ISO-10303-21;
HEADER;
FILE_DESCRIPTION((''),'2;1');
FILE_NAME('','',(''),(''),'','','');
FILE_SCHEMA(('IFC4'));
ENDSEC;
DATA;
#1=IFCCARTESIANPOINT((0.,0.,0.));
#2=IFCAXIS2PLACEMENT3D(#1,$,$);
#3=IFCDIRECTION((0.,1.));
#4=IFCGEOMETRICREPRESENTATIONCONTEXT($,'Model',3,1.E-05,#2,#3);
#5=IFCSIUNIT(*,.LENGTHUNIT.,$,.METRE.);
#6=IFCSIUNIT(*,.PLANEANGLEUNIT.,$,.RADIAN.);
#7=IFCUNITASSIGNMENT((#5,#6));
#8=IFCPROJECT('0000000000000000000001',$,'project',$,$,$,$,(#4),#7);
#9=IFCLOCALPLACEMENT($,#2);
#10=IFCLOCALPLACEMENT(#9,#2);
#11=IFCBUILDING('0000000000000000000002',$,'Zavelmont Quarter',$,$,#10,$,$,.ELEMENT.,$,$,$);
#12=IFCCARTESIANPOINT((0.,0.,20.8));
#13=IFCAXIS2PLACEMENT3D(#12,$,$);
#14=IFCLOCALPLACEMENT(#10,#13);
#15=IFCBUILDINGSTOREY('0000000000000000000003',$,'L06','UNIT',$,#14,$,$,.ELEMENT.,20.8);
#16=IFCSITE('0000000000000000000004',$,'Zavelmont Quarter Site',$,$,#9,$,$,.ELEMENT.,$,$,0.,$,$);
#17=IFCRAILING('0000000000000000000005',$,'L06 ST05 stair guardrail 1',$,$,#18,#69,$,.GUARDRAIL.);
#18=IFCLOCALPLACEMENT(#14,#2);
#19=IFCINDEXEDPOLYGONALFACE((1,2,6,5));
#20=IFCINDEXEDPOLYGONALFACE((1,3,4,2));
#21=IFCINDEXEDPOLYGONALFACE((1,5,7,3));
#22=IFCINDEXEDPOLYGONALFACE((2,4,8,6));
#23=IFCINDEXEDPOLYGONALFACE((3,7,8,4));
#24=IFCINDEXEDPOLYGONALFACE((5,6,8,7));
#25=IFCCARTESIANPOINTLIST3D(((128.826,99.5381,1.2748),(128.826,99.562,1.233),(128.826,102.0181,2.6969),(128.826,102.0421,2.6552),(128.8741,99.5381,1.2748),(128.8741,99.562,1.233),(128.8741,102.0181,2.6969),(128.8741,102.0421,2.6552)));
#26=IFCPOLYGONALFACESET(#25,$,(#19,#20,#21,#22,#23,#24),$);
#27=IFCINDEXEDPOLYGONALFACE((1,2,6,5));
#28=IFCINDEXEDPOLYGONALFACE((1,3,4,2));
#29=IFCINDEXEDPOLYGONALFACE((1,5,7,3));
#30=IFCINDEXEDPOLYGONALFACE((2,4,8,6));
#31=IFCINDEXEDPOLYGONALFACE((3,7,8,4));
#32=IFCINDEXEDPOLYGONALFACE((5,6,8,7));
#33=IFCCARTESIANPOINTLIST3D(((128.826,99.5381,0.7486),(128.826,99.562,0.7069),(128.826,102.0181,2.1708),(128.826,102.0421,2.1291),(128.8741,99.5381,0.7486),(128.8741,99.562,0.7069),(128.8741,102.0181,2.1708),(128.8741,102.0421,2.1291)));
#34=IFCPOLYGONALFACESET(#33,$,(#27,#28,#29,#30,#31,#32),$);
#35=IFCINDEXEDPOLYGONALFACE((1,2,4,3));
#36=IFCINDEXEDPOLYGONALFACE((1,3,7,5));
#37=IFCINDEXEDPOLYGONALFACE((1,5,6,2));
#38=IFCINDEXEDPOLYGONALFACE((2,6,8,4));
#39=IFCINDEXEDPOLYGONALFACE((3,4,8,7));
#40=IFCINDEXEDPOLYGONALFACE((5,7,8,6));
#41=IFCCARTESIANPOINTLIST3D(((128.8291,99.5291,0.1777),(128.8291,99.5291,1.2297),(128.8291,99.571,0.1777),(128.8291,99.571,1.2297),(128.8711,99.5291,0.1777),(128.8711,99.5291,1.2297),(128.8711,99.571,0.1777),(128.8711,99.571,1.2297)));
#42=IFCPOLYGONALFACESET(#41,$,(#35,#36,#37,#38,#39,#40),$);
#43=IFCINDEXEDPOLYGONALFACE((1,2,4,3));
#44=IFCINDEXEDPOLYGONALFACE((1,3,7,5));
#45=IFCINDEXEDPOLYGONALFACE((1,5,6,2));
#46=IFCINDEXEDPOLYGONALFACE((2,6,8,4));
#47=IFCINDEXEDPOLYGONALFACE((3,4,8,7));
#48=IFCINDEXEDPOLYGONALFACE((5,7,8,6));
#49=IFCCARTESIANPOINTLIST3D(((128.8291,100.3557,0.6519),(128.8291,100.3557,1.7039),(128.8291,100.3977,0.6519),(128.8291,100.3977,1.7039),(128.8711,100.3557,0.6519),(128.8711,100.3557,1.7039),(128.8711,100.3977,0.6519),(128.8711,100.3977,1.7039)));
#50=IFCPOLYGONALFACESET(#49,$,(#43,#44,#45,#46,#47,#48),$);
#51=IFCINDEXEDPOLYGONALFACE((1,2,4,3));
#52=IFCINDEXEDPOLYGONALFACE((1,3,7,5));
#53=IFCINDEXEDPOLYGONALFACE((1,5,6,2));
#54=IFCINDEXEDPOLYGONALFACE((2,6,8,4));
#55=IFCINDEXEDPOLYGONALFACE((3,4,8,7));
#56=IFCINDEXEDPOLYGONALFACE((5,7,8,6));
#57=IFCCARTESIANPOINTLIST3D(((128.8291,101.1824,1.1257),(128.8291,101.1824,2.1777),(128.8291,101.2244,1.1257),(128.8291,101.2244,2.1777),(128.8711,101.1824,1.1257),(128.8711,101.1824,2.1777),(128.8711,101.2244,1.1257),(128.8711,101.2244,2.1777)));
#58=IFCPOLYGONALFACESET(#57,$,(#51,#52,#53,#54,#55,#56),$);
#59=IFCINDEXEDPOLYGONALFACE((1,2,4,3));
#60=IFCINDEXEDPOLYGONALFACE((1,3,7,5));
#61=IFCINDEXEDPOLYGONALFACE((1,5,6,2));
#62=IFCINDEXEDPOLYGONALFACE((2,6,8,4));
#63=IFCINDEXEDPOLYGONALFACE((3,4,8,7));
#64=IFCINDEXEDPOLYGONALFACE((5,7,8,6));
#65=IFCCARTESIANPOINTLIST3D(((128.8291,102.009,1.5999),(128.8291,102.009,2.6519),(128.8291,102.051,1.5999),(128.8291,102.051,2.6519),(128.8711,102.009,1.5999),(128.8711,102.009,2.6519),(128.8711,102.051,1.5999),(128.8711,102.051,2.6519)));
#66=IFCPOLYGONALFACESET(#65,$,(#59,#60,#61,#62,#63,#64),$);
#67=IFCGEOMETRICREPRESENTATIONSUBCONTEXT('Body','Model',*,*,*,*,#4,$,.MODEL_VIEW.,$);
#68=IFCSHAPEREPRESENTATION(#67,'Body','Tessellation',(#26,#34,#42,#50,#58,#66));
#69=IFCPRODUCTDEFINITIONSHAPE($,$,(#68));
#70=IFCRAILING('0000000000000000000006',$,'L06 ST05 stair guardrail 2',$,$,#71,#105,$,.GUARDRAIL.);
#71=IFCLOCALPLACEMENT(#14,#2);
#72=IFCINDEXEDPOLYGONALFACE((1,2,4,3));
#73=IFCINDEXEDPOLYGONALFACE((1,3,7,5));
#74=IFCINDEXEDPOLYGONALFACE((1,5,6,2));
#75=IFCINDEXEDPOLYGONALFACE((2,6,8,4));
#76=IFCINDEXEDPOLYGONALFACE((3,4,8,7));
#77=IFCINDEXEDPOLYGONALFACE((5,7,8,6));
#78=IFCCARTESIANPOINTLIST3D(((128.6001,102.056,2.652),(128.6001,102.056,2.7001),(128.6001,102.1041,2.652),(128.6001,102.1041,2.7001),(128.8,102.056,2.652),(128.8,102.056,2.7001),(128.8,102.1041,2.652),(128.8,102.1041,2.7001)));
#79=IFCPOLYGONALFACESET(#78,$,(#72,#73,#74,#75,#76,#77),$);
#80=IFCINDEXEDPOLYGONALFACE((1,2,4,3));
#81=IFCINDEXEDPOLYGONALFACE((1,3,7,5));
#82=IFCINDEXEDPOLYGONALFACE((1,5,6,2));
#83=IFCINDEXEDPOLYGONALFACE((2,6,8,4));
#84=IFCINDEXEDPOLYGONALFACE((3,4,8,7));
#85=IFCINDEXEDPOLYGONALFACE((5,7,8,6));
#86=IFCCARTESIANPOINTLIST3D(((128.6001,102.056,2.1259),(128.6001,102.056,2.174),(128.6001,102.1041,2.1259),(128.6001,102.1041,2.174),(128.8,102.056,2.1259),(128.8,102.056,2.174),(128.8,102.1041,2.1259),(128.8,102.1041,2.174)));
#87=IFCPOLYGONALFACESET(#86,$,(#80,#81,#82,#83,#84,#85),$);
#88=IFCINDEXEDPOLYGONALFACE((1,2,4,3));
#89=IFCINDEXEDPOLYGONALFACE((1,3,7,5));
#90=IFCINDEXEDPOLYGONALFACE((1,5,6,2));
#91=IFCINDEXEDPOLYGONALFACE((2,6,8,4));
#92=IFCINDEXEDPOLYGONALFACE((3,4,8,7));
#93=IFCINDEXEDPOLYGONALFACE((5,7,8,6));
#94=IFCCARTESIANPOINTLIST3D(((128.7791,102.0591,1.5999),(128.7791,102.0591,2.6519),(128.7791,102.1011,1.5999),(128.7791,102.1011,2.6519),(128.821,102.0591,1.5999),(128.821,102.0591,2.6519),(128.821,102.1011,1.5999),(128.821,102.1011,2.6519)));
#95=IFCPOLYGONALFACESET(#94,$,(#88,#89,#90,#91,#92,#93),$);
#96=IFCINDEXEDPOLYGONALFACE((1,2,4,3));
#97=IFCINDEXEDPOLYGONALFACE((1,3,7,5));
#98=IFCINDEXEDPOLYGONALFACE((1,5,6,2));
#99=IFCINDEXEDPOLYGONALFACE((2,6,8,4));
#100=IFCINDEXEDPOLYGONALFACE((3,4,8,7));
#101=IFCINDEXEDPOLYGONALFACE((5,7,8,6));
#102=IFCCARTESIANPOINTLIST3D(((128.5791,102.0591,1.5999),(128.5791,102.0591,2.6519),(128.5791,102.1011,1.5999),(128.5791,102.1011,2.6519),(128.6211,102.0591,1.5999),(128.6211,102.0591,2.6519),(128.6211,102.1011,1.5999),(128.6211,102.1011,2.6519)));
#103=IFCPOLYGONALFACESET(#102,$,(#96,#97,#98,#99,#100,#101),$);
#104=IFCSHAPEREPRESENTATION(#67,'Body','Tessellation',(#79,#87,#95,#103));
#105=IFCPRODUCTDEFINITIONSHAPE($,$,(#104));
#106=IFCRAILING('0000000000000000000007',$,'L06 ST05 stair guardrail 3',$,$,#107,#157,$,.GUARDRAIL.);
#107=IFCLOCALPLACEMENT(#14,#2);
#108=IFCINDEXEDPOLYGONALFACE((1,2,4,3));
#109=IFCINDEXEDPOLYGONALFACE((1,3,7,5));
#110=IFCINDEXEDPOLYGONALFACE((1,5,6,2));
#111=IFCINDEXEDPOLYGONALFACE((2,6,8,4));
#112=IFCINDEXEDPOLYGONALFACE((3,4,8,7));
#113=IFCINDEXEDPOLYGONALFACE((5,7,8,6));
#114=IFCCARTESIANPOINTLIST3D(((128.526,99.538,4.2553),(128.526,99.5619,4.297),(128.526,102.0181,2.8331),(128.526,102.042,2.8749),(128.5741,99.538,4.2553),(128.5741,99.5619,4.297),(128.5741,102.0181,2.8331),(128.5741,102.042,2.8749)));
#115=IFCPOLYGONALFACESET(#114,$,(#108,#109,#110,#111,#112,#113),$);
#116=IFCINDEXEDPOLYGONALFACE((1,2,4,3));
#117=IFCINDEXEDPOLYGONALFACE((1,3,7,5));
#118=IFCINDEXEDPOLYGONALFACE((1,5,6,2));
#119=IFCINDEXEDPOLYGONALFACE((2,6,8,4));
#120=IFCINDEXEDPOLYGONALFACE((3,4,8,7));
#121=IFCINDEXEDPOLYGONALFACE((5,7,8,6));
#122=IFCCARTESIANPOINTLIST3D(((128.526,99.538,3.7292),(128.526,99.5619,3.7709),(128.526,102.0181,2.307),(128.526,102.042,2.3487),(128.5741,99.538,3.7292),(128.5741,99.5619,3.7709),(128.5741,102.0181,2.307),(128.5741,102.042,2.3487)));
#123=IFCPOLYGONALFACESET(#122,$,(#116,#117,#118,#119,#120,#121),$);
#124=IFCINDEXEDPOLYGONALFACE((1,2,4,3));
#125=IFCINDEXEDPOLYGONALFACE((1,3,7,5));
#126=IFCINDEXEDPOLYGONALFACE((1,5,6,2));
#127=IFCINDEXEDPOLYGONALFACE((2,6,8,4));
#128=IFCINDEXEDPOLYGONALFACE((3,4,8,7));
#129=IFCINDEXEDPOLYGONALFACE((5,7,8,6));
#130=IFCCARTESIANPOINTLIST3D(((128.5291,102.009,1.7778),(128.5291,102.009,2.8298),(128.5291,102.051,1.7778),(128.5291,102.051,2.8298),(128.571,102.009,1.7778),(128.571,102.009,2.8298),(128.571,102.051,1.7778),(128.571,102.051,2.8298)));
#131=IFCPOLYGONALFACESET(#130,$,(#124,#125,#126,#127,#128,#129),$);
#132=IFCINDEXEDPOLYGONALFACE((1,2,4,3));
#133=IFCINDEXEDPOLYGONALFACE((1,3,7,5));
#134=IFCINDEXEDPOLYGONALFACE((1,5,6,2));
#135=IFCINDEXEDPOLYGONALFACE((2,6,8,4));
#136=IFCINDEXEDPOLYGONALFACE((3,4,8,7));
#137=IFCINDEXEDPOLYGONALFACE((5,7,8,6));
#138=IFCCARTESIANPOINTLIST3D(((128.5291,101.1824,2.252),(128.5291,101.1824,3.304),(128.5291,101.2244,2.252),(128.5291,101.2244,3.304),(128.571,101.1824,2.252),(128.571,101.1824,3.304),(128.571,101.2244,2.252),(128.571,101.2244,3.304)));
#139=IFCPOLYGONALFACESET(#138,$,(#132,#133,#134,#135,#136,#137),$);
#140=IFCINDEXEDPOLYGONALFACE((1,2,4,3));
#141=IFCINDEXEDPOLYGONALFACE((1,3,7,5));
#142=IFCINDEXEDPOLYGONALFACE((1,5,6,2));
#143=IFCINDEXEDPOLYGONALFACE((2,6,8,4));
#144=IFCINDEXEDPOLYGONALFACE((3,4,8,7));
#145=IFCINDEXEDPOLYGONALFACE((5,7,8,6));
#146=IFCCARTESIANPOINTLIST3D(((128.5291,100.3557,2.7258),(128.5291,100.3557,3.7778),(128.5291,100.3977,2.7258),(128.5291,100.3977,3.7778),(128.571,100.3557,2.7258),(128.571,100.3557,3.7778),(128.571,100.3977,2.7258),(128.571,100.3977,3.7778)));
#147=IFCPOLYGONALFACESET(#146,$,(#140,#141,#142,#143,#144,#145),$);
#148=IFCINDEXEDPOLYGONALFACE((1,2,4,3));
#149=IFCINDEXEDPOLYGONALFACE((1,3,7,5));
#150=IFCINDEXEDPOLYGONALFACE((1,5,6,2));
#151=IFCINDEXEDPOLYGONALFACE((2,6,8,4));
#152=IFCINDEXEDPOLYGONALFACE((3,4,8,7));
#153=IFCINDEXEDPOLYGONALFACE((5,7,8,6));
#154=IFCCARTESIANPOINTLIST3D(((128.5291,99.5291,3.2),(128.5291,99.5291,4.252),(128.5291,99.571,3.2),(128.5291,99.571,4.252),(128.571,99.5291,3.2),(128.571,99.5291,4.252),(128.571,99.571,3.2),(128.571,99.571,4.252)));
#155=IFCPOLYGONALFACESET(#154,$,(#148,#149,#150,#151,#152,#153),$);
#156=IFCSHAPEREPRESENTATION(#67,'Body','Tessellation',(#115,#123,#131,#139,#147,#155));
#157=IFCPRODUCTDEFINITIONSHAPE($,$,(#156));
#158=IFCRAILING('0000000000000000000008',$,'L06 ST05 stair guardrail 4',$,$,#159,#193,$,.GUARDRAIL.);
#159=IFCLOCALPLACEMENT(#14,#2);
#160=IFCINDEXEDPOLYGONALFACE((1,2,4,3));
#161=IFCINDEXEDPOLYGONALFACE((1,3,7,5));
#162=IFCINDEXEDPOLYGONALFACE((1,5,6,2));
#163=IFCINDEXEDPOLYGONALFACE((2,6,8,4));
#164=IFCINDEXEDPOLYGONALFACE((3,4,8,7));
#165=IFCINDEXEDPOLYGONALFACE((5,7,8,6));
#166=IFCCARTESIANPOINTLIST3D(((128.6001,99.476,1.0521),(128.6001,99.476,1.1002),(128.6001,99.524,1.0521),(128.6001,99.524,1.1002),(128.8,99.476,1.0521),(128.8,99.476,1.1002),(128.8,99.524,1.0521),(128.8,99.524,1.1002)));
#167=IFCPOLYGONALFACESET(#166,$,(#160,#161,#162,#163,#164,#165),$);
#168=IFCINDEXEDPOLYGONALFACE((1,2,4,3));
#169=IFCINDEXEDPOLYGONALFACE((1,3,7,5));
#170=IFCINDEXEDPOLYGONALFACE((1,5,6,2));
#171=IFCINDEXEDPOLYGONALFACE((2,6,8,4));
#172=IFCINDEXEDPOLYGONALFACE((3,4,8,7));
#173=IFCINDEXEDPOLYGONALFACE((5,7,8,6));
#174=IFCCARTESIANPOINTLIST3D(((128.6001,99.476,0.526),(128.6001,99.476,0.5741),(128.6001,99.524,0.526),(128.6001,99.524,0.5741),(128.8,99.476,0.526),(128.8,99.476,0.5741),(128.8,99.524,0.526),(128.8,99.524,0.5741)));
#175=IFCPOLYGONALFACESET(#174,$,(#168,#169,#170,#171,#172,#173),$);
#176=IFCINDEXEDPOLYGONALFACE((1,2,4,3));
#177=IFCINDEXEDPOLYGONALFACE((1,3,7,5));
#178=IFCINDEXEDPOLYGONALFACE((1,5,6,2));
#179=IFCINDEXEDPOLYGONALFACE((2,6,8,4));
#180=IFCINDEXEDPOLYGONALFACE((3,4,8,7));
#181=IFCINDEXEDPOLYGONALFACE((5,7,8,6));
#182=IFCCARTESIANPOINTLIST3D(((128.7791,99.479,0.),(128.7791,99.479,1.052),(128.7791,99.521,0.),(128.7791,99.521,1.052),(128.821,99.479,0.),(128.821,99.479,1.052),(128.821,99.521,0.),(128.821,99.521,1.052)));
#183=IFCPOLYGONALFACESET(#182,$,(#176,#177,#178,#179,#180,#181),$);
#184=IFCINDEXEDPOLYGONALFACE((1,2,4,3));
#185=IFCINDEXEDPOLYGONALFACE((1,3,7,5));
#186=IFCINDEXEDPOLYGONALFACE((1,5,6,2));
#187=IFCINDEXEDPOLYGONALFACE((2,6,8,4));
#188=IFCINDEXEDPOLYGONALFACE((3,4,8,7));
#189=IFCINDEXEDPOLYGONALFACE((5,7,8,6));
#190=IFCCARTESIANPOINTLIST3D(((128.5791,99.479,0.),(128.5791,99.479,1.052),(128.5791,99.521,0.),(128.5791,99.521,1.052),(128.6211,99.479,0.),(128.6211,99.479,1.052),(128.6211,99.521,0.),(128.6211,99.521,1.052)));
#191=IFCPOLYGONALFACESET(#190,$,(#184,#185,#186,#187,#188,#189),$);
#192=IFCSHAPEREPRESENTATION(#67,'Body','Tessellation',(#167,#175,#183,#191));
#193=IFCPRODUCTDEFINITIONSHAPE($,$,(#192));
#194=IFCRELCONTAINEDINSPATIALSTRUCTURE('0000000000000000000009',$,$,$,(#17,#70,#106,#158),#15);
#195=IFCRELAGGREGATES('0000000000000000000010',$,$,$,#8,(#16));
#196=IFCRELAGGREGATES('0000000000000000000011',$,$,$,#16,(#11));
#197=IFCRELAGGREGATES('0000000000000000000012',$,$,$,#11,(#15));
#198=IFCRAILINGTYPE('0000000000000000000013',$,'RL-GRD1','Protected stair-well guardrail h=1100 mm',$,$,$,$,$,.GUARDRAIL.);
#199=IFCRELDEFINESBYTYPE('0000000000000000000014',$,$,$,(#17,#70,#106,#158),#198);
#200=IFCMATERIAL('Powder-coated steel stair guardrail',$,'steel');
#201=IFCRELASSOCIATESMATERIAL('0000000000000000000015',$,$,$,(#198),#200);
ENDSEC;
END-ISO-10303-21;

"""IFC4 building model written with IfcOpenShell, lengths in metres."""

from ifc_helpers import new_model, si_unit, direction, frame, origin, origin_2d, place, context, subcontext, project, spatial, rectangle, extrude, material, type_object, element, save


model = new_model("IFC4")

# Units and contexts
model_context = context("Model", 3, precision=1e-05, world=origin(), true_north=direction((0.0, 1.0)))
body_context = subcontext(model_context, "Body", "Model", "MODEL_VIEW")
ifc_project = project(units=[si_unit("LENGTHUNIT", "METRE"), si_unit("PLANEANGLEUNIT", "RADIAN")], contexts=[model_context])

# Site, building, storey
site_placement = place(None, origin())
site = spatial("IfcSite", under=ifc_project, at=site_placement, Name="Zavelmont Quarter Site", CompositionType="ELEMENT", RefElevation=0.0)
building_placement = place(site_placement, origin())
building = spatial("IfcBuilding", under=site, at=building_placement, Name="Zavelmont Quarter", CompositionType="ELEMENT")
storey_placement = place(building_placement, frame((0.0, 0.0, 20.8)))
storey = spatial("IfcBuildingStorey", under=building, at=storey_placement, Name="L06", Description="UNIT", CompositionType="ELEMENT", Elevation=20.8)

# Railings
ifc_material_1 = material(Name="Powder-coated steel stair guardrail", Category="steel")
railing_type_1 = type_object("IfcRailingType", Name="RL-GRD1", Description="Protected stair-well guardrail h=1100 mm", PredefinedType="GUARDRAIL", material=ifc_material_1)
railing_1_placement = place(storey_placement, frame((128.8501, 99.55, 0.1777)))
element("IfcRailing", 1, at=railing_1_placement, inside=storey, type_object=railing_type_1, Name="L06 ST05 stair guardrail 1", PredefinedType="GUARDRAIL", context=body_context, shape_type="SweptSolid", body=[
    extrude(rectangle(XDim=0.0481, YDim=0.0481, at=origin_2d()), frame((0.0, 0.0, 1.0762), z_axis=(0.0, 0.867491, 0.497454), x_axis=(-1.0, 0.0, 0.0)), (0.0, 0.0, 1.0), 2.8589),
    extrude(rectangle(XDim=0.0481, YDim=0.0481, at=origin_2d()), frame((0.0, 0.0, 0.55), z_axis=(0.0, 0.867491, 0.497454), x_axis=(-1.0, 0.0, 0.0)), (0.0, 0.0, 1.0), 2.8589),
    extrude(rectangle(XDim=0.042, YDim=0.042, at=origin_2d()), origin(), (0.0, 0.0, 1.0), 1.052),
    extrude(rectangle(XDim=0.042, YDim=0.042, at=origin_2d()), frame((0.0, 0.8267, 0.4741)), (0.0, 0.0, 1.0), 1.052),
    extrude(rectangle(XDim=0.042, YDim=0.042, at=origin_2d()), frame((0.0, 1.6533, 0.948)), (0.0, 0.0, 1.0), 1.052),
    extrude(rectangle(XDim=0.042, YDim=0.042, at=origin_2d()), frame((0.0, 2.48, 1.4221)), (0.0, 0.0, 1.0), 1.052),
])
railing_2_placement = place(storey_placement, frame((128.8, 102.0801, 1.5999)))
element("IfcRailing", 2, at=railing_2_placement, inside=storey, type_object=railing_type_1, Name="L06 ST05 stair guardrail 2", PredefinedType="GUARDRAIL", context=body_context, shape_type="SweptSolid", body=[
    extrude(rectangle(XDim=0.0481, YDim=0.0481, at=origin_2d()), frame((0.0, 0.0, 1.0762), z_axis=(-1.0, 0.0, 0.0), x_axis=(0.0, -1.0, 0.0)), (0.0, 0.0, 1.0), 0.2),
    extrude(rectangle(XDim=0.0481, YDim=0.0481, at=origin_2d()), frame((0.0, 0.0, 0.55), z_axis=(-1.0, 0.0, 0.0), x_axis=(0.0, -1.0, 0.0)), (0.0, 0.0, 1.0), 0.2),
    extrude(rectangle(XDim=0.042, YDim=0.042, at=origin_2d()), origin(), (0.0, 0.0, 1.0), 1.052),
    extrude(rectangle(XDim=0.042, YDim=0.042, at=origin_2d()), frame((-0.2, 0.0, 0.0)), (0.0, 0.0, 1.0), 1.052),
])
railing_3_placement = place(storey_placement, frame((128.55, 102.03, 1.7778)))
element("IfcRailing", 3, at=railing_3_placement, inside=storey, type_object=railing_type_1, Name="L06 ST05 stair guardrail 3", PredefinedType="GUARDRAIL", context=body_context, shape_type="SweptSolid", body=[
    extrude(rectangle(XDim=0.0481, YDim=0.0481, at=origin_2d()), frame((0.0, 0.0, 1.0762), z_axis=(0.0, -0.867491, 0.497454), x_axis=(1.0, 0.0, 0.0)), (0.0, 0.0, 1.0), 2.8589),
    extrude(rectangle(XDim=0.0481, YDim=0.0481, at=origin_2d()), frame((0.0, 0.0, 0.55), z_axis=(0.0, -0.867491, 0.497454), x_axis=(1.0, 0.0, 0.0)), (0.0, 0.0, 1.0), 2.8589),
    extrude(rectangle(XDim=0.042, YDim=0.042, at=origin_2d()), origin(), (0.0, 0.0, 1.0), 1.052),
    extrude(rectangle(XDim=0.042, YDim=0.042, at=origin_2d()), frame((0.0, -0.8267, 0.4741)), (0.0, 0.0, 1.0), 1.052),
    extrude(rectangle(XDim=0.042, YDim=0.042, at=origin_2d()), frame((0.0, -1.6533, 0.948)), (0.0, 0.0, 1.0), 1.052),
    extrude(rectangle(XDim=0.042, YDim=0.042, at=origin_2d()), frame((0.0, -2.48, 1.4221)), (0.0, 0.0, 1.0), 1.052),
])
railing_4_placement = place(storey_placement, frame((128.8, 99.5, 0.0)))
element("IfcRailing", 4, at=railing_4_placement, inside=storey, type_object=railing_type_1, Name="L06 ST05 stair guardrail 4", PredefinedType="GUARDRAIL", context=body_context, shape_type="SweptSolid", body=[
    extrude(rectangle(XDim=0.0481, YDim=0.0481, at=origin_2d()), frame((0.0, 0.0, 1.0762), z_axis=(-1.0, 0.0, 0.0), x_axis=(0.0, -1.0, 0.0)), (0.0, 0.0, 1.0), 0.2),
    extrude(rectangle(XDim=0.0481, YDim=0.0481, at=origin_2d()), frame((0.0, 0.0, 0.55), z_axis=(-1.0, 0.0, 0.0), x_axis=(0.0, -1.0, 0.0)), (0.0, 0.0, 1.0), 0.2),
    extrude(rectangle(XDim=0.042, YDim=0.042, at=origin_2d()), origin(), (0.0, 0.0, 1.0), 1.052),
    extrude(rectangle(XDim=0.042, YDim=0.042, at=origin_2d()), frame((-0.2, 0.0, 0.0)), (0.0, 0.0, 1.0), 1.052),
])

save(model, "model.ifc")
